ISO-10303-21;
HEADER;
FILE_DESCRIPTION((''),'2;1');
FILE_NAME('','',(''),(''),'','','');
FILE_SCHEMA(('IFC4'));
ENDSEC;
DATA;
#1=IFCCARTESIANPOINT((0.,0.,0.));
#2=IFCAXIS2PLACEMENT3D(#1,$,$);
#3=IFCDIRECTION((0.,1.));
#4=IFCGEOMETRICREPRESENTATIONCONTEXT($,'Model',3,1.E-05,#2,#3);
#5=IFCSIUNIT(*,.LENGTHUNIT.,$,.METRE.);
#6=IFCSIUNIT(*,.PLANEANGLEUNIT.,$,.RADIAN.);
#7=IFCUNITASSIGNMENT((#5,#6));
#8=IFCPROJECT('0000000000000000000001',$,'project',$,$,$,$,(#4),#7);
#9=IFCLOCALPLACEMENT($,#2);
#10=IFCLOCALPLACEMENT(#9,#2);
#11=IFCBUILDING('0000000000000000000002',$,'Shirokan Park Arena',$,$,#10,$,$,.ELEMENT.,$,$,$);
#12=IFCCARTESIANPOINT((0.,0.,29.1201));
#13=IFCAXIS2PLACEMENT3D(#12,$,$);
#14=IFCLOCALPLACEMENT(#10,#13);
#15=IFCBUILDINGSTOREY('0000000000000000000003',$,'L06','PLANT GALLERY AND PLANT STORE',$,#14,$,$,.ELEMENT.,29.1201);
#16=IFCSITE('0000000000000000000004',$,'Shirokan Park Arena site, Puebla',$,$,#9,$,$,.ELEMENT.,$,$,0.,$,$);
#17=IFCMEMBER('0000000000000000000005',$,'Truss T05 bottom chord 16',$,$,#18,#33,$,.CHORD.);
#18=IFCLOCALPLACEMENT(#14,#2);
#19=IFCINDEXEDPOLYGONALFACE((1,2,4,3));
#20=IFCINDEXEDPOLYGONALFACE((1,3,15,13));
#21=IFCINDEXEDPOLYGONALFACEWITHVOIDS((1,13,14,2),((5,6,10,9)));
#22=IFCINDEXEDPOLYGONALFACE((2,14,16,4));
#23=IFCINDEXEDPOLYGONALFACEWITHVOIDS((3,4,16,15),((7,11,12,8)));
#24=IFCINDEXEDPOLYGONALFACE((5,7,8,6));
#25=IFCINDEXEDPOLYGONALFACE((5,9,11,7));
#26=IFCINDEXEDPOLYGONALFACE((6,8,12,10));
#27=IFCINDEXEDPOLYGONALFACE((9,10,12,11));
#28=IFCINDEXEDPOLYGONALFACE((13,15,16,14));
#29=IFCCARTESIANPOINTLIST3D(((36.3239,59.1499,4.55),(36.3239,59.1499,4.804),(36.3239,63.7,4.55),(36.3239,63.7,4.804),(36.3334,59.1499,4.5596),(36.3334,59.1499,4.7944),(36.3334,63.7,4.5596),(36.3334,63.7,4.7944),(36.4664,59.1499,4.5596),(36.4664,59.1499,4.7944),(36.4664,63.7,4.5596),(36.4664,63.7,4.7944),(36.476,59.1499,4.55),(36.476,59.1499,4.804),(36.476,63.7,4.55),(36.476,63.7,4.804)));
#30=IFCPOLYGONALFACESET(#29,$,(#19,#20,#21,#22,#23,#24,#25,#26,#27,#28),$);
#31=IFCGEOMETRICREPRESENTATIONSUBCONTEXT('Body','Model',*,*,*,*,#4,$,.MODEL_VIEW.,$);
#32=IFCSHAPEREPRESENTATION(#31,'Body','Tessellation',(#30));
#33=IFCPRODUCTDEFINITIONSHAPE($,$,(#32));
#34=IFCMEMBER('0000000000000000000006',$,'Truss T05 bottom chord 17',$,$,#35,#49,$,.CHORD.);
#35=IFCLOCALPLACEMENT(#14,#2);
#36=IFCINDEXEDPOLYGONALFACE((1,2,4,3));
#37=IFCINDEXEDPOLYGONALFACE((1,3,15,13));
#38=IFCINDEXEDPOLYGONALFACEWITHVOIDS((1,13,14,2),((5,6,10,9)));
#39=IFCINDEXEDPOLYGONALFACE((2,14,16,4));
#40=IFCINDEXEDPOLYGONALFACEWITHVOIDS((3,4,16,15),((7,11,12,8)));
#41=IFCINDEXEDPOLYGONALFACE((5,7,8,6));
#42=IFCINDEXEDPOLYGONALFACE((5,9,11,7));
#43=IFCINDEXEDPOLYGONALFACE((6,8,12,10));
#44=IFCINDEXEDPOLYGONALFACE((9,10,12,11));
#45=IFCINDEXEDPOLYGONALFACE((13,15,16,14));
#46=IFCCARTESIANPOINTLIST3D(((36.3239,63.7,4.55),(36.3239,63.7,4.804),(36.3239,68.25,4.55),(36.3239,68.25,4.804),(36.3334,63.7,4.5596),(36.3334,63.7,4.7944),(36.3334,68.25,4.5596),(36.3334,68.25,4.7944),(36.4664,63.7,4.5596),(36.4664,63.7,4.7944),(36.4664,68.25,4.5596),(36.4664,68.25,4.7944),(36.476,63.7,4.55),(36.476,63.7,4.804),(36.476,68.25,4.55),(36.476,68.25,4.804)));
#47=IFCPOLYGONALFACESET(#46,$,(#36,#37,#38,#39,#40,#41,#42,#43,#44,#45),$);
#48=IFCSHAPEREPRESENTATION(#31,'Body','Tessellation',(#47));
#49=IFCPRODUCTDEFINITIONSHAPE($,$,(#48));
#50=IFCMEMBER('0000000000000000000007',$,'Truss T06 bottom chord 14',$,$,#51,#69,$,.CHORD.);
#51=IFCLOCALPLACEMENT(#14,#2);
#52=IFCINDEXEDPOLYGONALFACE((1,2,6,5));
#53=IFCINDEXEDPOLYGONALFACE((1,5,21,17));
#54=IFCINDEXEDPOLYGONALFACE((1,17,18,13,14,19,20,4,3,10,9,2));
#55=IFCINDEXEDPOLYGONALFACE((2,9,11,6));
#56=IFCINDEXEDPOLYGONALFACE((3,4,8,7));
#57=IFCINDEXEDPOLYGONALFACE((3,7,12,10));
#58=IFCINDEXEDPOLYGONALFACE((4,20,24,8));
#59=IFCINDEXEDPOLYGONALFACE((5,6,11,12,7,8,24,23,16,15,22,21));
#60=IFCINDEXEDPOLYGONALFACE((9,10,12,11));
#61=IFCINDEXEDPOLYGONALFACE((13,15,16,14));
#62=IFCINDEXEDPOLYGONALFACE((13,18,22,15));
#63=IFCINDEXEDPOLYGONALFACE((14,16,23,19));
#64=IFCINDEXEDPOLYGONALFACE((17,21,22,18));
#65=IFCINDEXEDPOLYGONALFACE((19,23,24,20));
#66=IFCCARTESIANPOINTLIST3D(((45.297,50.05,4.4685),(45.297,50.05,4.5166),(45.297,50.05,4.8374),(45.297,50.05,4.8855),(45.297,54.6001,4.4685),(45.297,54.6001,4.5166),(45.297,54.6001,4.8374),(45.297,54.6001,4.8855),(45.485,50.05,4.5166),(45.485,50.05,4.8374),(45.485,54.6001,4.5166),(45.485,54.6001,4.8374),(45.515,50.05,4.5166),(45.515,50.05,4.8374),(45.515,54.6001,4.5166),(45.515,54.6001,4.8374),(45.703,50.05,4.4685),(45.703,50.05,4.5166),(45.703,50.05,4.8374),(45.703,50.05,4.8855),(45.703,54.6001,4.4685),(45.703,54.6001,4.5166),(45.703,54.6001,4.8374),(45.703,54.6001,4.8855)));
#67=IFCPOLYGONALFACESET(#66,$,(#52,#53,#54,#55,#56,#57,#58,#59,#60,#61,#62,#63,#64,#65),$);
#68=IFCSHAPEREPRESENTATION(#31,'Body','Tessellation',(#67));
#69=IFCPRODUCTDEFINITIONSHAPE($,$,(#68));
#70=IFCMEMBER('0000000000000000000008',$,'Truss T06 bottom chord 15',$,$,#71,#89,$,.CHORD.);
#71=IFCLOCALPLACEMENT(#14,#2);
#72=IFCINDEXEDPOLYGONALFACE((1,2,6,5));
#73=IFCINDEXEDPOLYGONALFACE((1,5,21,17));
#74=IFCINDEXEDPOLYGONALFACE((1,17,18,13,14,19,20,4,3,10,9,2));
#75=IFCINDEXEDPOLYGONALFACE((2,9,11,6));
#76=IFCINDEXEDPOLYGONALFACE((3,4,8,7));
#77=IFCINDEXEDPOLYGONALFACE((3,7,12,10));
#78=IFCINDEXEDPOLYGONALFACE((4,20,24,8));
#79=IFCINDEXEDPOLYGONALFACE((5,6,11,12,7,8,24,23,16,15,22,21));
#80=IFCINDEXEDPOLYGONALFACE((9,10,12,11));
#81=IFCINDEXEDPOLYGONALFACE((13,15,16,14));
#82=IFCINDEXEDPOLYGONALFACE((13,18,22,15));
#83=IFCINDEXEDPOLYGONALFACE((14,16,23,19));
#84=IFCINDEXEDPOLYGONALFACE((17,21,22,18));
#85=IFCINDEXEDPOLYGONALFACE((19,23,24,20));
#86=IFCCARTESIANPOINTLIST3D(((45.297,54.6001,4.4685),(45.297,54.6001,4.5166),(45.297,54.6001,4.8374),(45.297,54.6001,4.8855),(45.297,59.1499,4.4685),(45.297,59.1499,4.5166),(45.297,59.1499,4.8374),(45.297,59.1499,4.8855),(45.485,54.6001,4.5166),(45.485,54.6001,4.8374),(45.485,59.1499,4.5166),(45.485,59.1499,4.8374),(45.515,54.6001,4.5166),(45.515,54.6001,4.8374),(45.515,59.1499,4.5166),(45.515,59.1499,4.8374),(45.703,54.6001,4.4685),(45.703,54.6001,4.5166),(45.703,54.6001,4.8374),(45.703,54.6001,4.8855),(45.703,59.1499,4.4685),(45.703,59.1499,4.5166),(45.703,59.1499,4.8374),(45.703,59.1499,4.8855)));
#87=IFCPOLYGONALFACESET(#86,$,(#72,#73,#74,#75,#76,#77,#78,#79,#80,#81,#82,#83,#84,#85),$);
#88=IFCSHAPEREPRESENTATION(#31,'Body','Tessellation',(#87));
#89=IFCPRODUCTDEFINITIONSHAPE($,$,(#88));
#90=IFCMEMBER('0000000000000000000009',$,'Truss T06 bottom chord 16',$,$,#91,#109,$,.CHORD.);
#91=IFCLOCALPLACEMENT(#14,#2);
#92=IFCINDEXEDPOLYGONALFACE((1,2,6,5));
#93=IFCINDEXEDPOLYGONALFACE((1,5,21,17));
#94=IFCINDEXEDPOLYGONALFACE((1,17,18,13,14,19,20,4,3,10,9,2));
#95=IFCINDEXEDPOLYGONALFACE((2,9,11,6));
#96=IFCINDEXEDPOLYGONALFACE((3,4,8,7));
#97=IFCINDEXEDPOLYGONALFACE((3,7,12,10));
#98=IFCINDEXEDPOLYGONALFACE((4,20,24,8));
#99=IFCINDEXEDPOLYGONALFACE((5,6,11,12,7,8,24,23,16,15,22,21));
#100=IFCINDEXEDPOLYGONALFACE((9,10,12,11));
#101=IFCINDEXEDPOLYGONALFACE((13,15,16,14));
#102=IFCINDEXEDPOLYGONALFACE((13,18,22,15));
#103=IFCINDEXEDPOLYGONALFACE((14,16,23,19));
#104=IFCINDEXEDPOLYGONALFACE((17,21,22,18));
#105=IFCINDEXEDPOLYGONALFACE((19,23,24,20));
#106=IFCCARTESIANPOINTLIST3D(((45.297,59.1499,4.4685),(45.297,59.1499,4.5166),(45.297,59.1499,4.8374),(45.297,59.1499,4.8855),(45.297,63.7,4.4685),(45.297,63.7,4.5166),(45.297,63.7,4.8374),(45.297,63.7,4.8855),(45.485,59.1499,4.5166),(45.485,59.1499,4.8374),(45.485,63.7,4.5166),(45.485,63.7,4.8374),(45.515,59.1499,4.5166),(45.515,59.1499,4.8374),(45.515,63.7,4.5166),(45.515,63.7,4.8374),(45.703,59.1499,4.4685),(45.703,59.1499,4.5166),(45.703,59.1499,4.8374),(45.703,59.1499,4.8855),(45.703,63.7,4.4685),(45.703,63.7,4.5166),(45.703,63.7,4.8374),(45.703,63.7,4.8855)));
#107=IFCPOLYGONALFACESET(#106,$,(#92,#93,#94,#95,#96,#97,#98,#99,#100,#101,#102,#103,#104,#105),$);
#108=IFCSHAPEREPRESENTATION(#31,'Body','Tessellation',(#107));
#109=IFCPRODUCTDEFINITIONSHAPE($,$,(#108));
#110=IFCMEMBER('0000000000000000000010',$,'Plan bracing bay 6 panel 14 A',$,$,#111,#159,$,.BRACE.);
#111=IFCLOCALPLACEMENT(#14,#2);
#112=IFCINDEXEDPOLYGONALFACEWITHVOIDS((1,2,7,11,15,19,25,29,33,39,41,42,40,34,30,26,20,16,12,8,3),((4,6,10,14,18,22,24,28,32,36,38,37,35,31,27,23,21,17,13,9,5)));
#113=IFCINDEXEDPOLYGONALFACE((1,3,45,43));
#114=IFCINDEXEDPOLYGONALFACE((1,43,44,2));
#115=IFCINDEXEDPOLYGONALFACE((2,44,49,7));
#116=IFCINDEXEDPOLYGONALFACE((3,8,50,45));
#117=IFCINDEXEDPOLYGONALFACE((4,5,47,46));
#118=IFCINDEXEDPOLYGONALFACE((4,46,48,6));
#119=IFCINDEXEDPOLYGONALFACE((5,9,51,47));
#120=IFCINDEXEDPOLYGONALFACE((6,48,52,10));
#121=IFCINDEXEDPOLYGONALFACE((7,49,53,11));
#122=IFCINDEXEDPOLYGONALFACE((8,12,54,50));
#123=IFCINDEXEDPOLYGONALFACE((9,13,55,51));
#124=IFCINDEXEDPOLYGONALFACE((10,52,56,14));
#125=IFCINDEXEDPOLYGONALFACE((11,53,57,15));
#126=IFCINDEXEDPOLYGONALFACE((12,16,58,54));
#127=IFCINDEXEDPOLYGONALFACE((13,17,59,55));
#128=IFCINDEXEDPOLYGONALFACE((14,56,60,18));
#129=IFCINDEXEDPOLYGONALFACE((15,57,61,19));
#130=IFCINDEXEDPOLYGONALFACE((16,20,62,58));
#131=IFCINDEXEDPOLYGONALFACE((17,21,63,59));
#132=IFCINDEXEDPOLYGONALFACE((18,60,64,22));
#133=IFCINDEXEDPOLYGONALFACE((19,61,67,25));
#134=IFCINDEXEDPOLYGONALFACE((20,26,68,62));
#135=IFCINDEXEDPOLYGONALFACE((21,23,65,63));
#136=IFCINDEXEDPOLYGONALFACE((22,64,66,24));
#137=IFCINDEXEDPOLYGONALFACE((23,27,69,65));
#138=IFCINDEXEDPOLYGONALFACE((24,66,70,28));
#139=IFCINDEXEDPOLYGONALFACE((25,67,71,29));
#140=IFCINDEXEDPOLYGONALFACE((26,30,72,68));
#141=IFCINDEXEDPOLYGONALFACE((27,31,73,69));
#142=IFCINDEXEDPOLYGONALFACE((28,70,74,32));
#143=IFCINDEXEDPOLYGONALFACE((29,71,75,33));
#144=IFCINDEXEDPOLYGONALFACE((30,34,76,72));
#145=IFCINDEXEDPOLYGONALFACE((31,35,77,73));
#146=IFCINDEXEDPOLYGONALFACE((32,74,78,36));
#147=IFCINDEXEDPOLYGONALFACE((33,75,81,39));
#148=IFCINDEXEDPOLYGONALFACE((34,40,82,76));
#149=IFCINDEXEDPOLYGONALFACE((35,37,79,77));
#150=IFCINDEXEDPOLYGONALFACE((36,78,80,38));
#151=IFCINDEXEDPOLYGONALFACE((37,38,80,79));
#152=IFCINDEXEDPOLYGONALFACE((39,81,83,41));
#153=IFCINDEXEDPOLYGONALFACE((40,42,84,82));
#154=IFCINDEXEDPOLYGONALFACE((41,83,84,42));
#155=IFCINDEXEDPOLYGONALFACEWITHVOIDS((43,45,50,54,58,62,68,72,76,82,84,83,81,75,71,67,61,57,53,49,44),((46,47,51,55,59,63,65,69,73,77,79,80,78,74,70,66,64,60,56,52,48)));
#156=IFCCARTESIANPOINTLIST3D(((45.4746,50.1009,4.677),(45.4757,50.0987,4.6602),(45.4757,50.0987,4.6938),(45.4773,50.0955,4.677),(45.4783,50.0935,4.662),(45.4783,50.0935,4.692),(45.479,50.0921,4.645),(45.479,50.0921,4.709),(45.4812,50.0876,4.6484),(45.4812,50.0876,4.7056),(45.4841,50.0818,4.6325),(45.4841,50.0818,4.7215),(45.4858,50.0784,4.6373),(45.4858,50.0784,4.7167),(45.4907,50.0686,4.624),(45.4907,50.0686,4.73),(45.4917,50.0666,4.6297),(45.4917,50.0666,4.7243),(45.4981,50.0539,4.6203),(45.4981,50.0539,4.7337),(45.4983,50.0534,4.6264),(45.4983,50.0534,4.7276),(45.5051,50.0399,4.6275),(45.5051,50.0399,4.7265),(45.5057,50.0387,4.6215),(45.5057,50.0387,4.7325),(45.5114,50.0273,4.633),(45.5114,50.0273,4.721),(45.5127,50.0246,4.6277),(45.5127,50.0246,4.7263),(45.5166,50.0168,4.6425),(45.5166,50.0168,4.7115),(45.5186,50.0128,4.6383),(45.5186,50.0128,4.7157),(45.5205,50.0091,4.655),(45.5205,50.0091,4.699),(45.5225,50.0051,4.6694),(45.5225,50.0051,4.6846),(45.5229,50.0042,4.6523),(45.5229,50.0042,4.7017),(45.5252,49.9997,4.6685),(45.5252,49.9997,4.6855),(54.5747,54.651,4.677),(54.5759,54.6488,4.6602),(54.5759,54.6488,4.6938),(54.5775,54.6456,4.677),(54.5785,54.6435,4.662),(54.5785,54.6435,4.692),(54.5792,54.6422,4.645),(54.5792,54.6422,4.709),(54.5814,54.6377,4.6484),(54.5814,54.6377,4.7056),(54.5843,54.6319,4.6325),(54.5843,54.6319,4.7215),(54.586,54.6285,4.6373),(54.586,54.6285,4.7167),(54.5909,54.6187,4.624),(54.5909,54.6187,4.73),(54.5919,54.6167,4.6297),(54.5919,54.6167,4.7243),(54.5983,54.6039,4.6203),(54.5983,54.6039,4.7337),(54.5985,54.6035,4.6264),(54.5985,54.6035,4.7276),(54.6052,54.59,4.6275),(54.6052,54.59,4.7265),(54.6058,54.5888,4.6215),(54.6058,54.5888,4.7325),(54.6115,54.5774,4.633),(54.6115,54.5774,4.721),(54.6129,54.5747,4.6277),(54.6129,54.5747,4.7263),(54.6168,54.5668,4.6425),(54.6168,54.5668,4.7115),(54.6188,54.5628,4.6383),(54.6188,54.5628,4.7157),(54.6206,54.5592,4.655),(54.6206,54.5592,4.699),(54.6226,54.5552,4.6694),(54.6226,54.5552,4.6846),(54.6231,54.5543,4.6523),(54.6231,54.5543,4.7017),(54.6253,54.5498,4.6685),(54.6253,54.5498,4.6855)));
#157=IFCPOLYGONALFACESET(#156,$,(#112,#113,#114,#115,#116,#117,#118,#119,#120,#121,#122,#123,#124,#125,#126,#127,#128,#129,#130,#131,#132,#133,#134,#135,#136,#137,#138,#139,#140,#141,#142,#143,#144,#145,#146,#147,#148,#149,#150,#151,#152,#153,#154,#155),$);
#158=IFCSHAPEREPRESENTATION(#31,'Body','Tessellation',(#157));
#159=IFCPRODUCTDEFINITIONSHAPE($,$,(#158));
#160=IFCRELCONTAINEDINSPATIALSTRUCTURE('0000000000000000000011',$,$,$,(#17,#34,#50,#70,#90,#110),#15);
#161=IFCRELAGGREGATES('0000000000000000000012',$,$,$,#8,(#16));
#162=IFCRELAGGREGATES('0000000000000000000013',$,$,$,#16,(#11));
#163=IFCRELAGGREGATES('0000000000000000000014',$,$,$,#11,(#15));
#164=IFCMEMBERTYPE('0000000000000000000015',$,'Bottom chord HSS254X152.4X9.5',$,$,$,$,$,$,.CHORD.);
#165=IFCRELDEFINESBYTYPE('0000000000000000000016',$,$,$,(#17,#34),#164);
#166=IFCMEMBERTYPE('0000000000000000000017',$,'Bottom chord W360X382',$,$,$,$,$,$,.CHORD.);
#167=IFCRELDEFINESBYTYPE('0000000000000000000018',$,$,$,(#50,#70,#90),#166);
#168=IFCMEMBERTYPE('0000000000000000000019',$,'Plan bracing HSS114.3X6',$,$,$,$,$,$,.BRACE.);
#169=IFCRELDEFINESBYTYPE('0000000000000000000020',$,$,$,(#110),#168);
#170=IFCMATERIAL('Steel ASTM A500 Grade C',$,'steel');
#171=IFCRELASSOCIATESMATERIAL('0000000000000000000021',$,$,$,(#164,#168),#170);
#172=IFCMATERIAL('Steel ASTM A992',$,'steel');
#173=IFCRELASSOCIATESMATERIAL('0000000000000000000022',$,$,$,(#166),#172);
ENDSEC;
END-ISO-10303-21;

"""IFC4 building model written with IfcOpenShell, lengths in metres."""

from ifc_helpers import new_model, si_unit, direction, frame, origin, origin_2d, place, context, subcontext, project, spatial, hollow_rectangle, hollow_circle, i_section, extrude, material, material_profile, profile_set, type_object, element, save


model = new_model("IFC4")

# Units and contexts
model_context = context("Model", 3, precision=1e-05, world=origin(), true_north=direction((0.0, 1.0)))
body_context = subcontext(model_context, "Body", "Model", "MODEL_VIEW")
ifc_project = project(units=[si_unit("LENGTHUNIT", "METRE"), si_unit("PLANEANGLEUNIT", "RADIAN")], contexts=[model_context])

# Site, building, storey
site_placement = place(None, origin())
site = spatial("IfcSite", under=ifc_project, at=site_placement, Name="Shirokan Park Arena site, Puebla", CompositionType="ELEMENT", RefElevation=0.0)
building_placement = place(site_placement, origin())
building = spatial("IfcBuilding", under=site, at=building_placement, Name="Shirokan Park Arena", CompositionType="ELEMENT")
storey_placement = place(building_placement, frame((0.0, 0.0, 29.1201)))
storey = spatial("IfcBuildingStorey", under=building, at=storey_placement, Name="L06", Description="PLANT GALLERY AND PLANT STORE", CompositionType="ELEMENT", Elevation=29.1201)

# Members
ifc_material_1 = material(Name="Steel ASTM A500 Grade C", Category="steel")
ifc_material_profile_1 = material_profile(ifc_material_1, hollow_rectangle(XDim=0.1521, YDim=0.2539, WallThickness=0.0095, at=origin_2d()), Name="HSS254X152.4X9.5")
ifc_profile_set_1 = profile_set([ifc_material_profile_1], Name="Steel ASTM A500 Grade C")
member_type_1 = type_object("IfcMemberType", Name="Bottom chord HSS254X152.4X9.5", PredefinedType="CHORD", material=ifc_profile_set_1)
for number, where, z_axis, x_axis, name in (
    (1, (36.3999, 59.1499, 4.677), (0.0, 1.0, 0.0), (-1.0, 0.0, 0.0), "Truss T05 bottom chord 16"),
    (2, (36.3999, 63.7, 4.677), (0.0, 1.0, 0.0), (-1.0, 0.0, 0.0), "Truss T05 bottom chord 17"),
):
    element("IfcMember", number, at=place(storey_placement, frame(where, z_axis=z_axis, x_axis=x_axis)), inside=storey, type_object=member_type_1, Name=name, PredefinedType="CHORD", context=body_context, shape_type="SweptSolid", body=[
        extrude(hollow_rectangle(XDim=0.1521, YDim=0.2539, WallThickness=0.0095, at=origin_2d()), origin(), (0.0, 0.0, 1.0), 4.55),
    ])
ifc_material_2 = material(Name="Steel ASTM A992", Category="steel")
ifc_material_profile_2 = material_profile(ifc_material_2, i_section(OverallWidth=0.406, OverallDepth=0.417, WebThickness=0.03, FlangeThickness=0.0481, at=origin_2d()), Name="W360X382")
ifc_profile_set_2 = profile_set([ifc_material_profile_2], Name="Steel ASTM A992")
member_type_2 = type_object("IfcMemberType", Name="Bottom chord W360X382", PredefinedType="CHORD", material=ifc_profile_set_2)
member_1_placement = place(storey_placement, frame((45.5, 50.05, 4.677), z_axis=(0.0, 1.0, 0.0), x_axis=(-1.0, 0.0, 0.0)))
element("IfcMember", 3, at=member_1_placement, inside=storey, type_object=member_type_2, Name="Truss T06 bottom chord 14", PredefinedType="CHORD", context=body_context, shape_type="SweptSolid", body=[
    extrude(i_section(OverallWidth=0.406, OverallDepth=0.417, WebThickness=0.03, FlangeThickness=0.0481, at=origin_2d()), origin(), (0.0, 0.0, 1.0), 4.55),
])
member_2_placement = place(storey_placement, frame((45.5, 54.6001, 4.677), z_axis=(0.0, 1.0, 0.0), x_axis=(-1.0, 0.0, 0.0)))
element("IfcMember", 4, at=member_2_placement, inside=storey, type_object=member_type_2, Name="Truss T06 bottom chord 15", PredefinedType="CHORD", context=body_context, shape_type="SweptSolid", body=[
    extrude(i_section(OverallWidth=0.406, OverallDepth=0.417, WebThickness=0.03, FlangeThickness=0.0481, at=origin_2d()), origin(), (0.0, 0.0, 1.0), 4.5498),
])
member_3_placement = place(storey_placement, frame((45.5, 59.1499, 4.677), z_axis=(0.0, 1.0, 0.0), x_axis=(-1.0, 0.0, 0.0)))
element("IfcMember", 5, at=member_3_placement, inside=storey, type_object=member_type_2, Name="Truss T06 bottom chord 16", PredefinedType="CHORD", context=body_context, shape_type="SweptSolid", body=[
    extrude(i_section(OverallWidth=0.406, OverallDepth=0.417, WebThickness=0.03, FlangeThickness=0.0481, at=origin_2d()), origin(), (0.0, 0.0, 1.0), 4.55),
])
ifc_material_profile_3 = material_profile(ifc_material_1, hollow_circle(Radius=0.0569, WallThickness=0.0061, at=origin_2d()), Name="HSS114.3X6")
ifc_profile_set_3 = profile_set([ifc_material_profile_3], Name="Steel ASTM A500 Grade C")
member_type_3 = type_object("IfcMemberType", Name="Plan bracing HSS114.3X6", PredefinedType="BRACE", material=ifc_profile_set_3)
member_4_placement = place(storey_placement, frame((45.5, 50.05, 4.677), z_axis=(0.894427, 0.447214, 0.0), x_axis=(-0.447214, 0.894427, 0.0)))
element("IfcMember", 6, at=member_4_placement, inside=storey, type_object=member_type_3, Name="Plan bracing bay 6 panel 14 A", PredefinedType="BRACE", context=body_context, shape_type="SweptSolid", body=[
    extrude(hollow_circle(Radius=0.0569, WallThickness=0.0061, at=origin_2d()), origin(), (0.0, 0.0, 1.0), 10.1743),
])

save(model, "model.ifc")
